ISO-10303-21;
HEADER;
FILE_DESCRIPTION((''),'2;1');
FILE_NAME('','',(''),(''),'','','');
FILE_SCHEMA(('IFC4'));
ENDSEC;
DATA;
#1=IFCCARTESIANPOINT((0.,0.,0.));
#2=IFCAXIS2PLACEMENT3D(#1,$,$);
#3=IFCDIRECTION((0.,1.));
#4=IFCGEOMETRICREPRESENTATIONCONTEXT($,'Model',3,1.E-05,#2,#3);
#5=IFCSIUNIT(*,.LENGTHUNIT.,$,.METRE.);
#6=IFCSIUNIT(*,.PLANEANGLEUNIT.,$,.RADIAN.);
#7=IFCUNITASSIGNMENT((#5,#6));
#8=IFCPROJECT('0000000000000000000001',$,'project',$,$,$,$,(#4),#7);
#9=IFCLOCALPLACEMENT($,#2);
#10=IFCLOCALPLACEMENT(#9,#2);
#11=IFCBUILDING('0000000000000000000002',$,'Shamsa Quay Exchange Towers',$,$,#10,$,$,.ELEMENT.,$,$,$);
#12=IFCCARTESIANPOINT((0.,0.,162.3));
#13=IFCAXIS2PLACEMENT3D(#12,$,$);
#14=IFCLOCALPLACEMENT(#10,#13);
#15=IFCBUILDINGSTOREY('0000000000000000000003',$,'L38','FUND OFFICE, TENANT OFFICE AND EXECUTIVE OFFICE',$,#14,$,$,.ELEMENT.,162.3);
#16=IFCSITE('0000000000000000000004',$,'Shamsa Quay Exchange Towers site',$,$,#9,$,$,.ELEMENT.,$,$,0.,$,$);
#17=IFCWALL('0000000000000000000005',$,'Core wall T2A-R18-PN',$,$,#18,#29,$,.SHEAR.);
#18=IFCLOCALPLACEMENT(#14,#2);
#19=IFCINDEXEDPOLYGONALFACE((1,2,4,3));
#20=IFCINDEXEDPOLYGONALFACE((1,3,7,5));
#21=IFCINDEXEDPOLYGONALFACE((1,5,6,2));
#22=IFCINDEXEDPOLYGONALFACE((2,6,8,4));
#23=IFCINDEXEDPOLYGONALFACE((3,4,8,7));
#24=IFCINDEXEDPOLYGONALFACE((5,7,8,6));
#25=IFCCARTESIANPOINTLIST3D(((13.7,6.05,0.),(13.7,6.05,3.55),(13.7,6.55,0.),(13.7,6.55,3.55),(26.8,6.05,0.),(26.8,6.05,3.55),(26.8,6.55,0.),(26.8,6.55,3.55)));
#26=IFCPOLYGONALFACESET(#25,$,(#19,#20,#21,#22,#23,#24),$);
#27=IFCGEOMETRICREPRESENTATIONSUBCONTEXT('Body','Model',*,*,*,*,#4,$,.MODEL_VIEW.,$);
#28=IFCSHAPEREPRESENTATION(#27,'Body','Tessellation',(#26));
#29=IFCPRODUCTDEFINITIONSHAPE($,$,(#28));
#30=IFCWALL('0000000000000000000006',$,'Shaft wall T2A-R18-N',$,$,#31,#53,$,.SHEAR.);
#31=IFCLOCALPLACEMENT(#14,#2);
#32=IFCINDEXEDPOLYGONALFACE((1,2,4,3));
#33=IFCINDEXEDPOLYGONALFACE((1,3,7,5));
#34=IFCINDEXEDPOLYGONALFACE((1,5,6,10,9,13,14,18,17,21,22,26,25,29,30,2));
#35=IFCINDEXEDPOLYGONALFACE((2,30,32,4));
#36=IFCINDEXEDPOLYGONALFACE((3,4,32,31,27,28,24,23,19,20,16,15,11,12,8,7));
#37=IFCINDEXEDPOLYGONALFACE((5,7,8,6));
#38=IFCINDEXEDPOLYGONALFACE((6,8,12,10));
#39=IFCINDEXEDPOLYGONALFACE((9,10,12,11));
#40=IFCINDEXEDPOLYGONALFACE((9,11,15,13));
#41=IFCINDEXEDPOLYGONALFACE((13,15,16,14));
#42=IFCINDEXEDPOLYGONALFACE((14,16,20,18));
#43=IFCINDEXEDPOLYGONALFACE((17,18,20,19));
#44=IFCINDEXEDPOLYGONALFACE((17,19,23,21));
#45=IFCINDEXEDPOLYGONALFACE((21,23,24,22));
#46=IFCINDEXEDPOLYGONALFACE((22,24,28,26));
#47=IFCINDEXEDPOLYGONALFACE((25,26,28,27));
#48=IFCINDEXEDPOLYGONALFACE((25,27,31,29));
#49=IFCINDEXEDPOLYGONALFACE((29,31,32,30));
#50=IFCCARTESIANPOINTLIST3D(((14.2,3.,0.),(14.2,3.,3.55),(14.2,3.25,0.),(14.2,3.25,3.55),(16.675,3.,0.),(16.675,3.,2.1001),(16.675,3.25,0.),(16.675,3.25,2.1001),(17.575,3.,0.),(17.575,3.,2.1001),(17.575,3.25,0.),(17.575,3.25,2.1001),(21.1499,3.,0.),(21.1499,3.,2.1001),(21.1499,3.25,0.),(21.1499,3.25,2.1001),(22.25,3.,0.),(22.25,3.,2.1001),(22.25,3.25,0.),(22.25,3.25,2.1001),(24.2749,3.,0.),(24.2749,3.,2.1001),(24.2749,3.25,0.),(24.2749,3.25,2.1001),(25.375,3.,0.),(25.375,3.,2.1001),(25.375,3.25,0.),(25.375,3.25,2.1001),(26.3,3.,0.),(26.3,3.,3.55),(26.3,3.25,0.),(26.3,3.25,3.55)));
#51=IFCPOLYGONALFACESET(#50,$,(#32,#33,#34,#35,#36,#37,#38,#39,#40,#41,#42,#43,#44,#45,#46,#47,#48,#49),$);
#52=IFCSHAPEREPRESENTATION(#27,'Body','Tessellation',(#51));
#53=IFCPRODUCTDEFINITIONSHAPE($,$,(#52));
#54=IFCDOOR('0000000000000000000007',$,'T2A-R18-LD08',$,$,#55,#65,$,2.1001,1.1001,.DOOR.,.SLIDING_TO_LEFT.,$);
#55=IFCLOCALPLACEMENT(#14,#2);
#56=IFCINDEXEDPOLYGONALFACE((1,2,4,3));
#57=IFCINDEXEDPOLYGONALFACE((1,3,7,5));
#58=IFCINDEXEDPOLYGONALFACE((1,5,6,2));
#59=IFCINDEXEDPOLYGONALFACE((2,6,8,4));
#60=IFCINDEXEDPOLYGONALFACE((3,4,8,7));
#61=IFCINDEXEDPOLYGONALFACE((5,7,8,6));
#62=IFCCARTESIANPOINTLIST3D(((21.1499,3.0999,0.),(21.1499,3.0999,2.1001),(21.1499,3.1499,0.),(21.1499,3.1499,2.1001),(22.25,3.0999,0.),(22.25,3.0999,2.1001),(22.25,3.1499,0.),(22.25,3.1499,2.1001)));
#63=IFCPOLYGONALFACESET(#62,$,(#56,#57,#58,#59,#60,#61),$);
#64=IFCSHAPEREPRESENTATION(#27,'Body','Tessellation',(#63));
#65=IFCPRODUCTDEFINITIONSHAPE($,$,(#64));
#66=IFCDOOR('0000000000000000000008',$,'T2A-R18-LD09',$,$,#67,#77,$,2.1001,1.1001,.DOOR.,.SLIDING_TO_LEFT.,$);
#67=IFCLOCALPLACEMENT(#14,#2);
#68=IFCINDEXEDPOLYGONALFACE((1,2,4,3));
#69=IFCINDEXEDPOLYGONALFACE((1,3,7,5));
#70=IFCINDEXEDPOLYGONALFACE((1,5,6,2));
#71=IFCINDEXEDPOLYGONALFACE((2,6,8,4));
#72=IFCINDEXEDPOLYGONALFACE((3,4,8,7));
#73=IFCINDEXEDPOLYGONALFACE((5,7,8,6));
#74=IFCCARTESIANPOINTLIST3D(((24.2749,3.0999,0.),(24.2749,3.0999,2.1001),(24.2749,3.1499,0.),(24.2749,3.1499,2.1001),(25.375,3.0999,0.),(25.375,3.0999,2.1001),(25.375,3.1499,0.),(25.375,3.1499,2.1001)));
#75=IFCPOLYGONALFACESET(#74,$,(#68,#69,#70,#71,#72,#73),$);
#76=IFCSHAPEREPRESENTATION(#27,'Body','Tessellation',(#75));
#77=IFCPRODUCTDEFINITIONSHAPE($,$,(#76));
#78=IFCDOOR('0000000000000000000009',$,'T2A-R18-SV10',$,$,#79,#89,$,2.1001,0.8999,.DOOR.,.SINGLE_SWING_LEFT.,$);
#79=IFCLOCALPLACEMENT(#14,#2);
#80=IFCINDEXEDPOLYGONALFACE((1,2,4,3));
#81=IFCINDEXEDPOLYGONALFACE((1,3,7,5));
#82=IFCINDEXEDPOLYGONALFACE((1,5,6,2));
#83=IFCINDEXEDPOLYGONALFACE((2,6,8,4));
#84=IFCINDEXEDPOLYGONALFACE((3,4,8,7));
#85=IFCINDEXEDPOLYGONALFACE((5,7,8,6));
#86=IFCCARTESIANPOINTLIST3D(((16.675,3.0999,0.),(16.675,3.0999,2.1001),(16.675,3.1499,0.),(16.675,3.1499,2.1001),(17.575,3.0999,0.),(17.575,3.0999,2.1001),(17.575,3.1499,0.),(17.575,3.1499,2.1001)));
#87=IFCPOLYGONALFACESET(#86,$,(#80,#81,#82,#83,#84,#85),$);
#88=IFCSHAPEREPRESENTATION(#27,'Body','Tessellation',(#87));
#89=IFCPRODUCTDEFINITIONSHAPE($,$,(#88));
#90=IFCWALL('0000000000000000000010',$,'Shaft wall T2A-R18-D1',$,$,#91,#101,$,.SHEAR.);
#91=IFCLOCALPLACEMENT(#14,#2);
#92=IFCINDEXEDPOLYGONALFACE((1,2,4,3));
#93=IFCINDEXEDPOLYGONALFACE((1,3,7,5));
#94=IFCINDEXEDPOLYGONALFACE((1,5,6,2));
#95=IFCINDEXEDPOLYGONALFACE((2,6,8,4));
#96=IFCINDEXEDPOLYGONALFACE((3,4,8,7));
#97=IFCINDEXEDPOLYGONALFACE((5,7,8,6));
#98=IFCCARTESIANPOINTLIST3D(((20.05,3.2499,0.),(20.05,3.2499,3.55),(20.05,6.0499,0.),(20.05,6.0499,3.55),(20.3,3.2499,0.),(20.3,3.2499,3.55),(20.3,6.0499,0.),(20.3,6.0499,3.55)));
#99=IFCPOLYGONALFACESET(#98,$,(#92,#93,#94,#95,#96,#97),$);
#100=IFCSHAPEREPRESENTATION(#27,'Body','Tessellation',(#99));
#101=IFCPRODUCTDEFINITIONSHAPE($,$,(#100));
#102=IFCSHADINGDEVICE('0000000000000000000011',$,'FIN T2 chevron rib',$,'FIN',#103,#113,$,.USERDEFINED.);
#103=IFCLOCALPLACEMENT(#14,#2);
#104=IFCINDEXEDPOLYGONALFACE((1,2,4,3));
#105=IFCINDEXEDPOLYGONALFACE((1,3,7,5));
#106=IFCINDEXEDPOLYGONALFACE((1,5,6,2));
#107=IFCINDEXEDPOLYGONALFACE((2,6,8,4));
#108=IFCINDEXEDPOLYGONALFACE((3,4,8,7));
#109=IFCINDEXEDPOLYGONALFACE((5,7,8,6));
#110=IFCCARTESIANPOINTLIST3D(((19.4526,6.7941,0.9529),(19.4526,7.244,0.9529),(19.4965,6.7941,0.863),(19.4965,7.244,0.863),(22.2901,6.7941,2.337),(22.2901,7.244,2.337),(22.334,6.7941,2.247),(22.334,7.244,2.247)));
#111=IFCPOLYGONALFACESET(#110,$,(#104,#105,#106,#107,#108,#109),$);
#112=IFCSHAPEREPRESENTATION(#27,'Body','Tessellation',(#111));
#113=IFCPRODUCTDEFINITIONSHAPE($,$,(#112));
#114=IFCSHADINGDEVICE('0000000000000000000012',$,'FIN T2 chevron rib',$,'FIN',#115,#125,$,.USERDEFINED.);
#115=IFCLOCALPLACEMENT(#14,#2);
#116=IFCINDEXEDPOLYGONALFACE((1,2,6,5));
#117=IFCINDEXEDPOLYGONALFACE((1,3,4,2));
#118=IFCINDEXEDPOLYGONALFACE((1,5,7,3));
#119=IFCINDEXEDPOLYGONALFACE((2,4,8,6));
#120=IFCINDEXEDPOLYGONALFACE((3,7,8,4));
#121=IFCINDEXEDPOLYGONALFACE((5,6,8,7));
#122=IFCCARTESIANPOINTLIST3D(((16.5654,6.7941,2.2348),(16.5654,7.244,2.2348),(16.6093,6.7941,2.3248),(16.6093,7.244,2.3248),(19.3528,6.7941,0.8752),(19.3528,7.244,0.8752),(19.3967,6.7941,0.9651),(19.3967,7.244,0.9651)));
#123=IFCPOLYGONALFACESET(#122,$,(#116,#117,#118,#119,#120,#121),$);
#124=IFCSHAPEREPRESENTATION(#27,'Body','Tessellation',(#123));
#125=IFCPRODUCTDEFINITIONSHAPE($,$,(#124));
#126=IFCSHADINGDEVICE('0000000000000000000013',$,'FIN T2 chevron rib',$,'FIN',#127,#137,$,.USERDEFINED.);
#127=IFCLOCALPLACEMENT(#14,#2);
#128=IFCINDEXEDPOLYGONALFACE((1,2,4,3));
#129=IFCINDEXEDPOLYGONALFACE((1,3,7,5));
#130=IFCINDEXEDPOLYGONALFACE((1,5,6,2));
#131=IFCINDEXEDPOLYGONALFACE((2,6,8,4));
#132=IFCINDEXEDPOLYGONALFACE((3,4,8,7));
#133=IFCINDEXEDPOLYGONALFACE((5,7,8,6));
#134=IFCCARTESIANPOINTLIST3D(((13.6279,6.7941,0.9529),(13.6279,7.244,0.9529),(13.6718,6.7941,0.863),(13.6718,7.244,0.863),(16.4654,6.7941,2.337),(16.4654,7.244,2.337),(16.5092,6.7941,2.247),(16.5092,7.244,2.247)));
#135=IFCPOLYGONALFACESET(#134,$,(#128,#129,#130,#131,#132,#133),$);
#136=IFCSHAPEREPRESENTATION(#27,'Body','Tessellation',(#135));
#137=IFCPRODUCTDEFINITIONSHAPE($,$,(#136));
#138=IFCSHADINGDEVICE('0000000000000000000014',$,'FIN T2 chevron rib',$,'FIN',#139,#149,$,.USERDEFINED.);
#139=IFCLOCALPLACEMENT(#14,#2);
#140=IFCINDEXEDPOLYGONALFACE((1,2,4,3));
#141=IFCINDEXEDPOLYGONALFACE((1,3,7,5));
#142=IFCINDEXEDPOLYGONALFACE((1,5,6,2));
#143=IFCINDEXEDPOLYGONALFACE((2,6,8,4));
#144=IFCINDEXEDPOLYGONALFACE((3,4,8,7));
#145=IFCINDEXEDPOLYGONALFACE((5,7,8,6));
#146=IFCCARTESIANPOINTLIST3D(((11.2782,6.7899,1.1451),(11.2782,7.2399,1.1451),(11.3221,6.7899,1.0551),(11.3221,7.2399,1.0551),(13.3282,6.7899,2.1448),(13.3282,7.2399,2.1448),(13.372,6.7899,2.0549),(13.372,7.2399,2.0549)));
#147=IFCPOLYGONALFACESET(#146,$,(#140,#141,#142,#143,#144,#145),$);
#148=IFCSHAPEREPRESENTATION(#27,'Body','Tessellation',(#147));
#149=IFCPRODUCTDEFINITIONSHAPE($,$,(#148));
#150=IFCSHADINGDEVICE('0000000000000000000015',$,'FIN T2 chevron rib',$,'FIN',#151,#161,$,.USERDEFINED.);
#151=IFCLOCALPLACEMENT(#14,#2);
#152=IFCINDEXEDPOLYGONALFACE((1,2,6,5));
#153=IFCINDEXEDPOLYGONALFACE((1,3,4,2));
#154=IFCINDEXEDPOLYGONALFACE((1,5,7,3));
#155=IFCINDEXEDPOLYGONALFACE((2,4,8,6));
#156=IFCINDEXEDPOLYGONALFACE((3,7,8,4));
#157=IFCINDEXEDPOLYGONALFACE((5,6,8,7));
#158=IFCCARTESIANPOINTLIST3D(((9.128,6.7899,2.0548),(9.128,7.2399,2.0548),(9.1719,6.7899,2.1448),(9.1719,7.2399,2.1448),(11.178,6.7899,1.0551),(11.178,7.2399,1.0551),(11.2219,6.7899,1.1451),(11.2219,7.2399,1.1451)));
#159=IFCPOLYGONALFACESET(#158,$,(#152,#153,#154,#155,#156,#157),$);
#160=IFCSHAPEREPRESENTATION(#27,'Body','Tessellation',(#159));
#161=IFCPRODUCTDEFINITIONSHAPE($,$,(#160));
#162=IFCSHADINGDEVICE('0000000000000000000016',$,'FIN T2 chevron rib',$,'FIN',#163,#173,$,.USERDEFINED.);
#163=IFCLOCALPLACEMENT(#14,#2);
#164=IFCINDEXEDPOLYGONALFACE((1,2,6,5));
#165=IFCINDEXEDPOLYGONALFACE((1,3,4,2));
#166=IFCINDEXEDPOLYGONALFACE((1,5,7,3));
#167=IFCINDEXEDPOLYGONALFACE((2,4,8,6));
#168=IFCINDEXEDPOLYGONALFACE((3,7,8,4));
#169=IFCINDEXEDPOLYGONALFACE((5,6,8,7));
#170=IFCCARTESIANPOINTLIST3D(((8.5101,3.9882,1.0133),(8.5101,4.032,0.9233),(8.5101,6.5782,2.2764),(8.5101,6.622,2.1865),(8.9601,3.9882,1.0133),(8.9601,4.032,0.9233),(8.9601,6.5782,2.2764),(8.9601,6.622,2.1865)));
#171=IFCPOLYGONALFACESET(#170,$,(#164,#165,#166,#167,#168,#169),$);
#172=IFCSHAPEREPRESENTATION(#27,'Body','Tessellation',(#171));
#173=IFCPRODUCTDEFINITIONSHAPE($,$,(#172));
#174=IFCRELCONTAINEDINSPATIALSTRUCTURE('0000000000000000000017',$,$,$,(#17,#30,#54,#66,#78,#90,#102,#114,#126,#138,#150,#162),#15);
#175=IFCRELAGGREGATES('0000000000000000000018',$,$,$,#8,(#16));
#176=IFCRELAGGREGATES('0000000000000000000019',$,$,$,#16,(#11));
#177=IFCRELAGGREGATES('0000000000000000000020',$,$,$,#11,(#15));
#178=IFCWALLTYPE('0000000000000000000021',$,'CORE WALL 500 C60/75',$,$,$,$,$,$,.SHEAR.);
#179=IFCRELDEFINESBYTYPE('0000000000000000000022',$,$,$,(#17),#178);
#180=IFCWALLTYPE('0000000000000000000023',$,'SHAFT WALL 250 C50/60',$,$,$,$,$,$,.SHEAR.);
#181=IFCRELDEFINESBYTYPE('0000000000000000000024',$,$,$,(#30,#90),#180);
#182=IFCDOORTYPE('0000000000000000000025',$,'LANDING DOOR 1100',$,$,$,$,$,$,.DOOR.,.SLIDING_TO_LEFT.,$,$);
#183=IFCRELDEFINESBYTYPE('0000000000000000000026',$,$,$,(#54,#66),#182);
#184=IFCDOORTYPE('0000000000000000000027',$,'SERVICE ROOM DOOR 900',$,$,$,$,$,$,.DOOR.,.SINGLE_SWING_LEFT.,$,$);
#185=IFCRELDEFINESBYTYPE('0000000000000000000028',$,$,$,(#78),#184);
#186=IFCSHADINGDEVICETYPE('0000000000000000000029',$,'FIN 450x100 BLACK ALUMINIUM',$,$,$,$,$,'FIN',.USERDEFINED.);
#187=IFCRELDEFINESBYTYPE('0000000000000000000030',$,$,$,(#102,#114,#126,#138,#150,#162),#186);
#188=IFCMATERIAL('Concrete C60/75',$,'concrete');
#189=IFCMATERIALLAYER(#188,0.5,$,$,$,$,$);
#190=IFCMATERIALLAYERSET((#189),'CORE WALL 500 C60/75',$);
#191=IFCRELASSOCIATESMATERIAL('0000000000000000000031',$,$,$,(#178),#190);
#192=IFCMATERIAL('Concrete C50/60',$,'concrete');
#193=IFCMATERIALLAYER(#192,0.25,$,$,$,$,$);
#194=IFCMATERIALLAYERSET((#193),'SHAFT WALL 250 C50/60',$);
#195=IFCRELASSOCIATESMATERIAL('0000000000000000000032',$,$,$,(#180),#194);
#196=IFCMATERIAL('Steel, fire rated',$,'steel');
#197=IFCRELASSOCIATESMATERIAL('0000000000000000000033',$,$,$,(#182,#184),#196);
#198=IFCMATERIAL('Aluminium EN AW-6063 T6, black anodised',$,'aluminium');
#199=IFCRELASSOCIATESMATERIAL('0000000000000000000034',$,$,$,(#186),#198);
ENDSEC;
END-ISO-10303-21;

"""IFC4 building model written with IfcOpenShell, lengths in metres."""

from ifc_helpers import new_model, si_unit, direction, frame, frame_2d, origin, origin_2d, place, context, subcontext, project, spatial, rectangle, extrude, material, layer, layer_set, material_profile, profile_set, type_object, element, fill, save


model = new_model("IFC4")

# Units and contexts
model_context = context("Model", 3, precision=1e-05, world=origin(), true_north=direction((0.0, 1.0)))
body_context = subcontext(model_context, "Body", "Model", "MODEL_VIEW")
ifc_project = project(units=[si_unit("LENGTHUNIT", "METRE"), si_unit("PLANEANGLEUNIT", "RADIAN")], contexts=[model_context])

# Site, building, storey
site_placement = place(None, origin())
site = spatial("IfcSite", under=ifc_project, at=site_placement, Name="Shamsa Quay Exchange Towers site", CompositionType="ELEMENT", RefElevation=0.0)
building_placement = place(site_placement, origin())
building = spatial("IfcBuilding", under=site, at=building_placement, Name="Shamsa Quay Exchange Towers", CompositionType="ELEMENT")
storey_placement = place(building_placement, frame((0.0, 0.0, 162.3)))
storey = spatial("IfcBuildingStorey", under=building, at=storey_placement, Name="L38", Description="FUND OFFICE, TENANT OFFICE AND EXECUTIVE OFFICE", CompositionType="ELEMENT", Elevation=162.3)

# Shared definitions
ifc_material_1 = material(Name="Aluminium EN AW-6063 T6, black anodised", Category="aluminium")

# Shared definitions
ifc_material_2 = material(Name="Concrete C50/60", Category="concrete")

# Wall
ifc_material_3 = material(Name="Concrete C60/75", Category="concrete")
ifc_layer_1 = layer(ifc_material_3, 0.5)
ifc_layer_set_1 = layer_set([ifc_layer_1], Name="CORE WALL 500 C60/75")
wall_type_1 = type_object("IfcWallType", Name="CORE WALL 500 C60/75", PredefinedType="SHEAR", material=ifc_layer_set_1)
wall_1_placement = place(storey_placement, frame((13.7, 6.3, 0.0)))
element("IfcWall", 1, at=wall_1_placement, inside=storey, type_object=wall_type_1, Name="Core wall T2A-R18-PN", PredefinedType="SHEAR", context=body_context, shape_type="SweptSolid", body=[
    extrude(rectangle(XDim=13.1001, YDim=0.5, at=frame_2d((6.55, 0.0))), origin(), (0.0, 0.0, 1.0), 3.55),
])

# Shared definitions
ifc_material_4 = material(Name="Steel, fire rated", Category="steel")

# Wall, openings, doors
ifc_layer_2 = layer(ifc_material_2, 0.25)
ifc_layer_set_2 = layer_set([ifc_layer_2], Name="SHAFT WALL 250 C50/60")
wall_type_2 = type_object("IfcWallType", Name="SHAFT WALL 250 C50/60", PredefinedType="SHEAR", material=ifc_layer_set_2)
wall_2_placement = place(storey_placement, frame((14.2, 3.125, 0.0)))
wall_2 = element("IfcWall", 2, at=wall_2_placement, inside=storey, type_object=wall_type_2, Name="Shaft wall T2A-R18-N", PredefinedType="SHEAR", context=body_context, shape_type="SweptSolid", body=[
    extrude(rectangle(XDim=12.1001, YDim=0.25, at=frame_2d((6.05, 0.0))), origin(), (0.0, 0.0, 1.0), 3.55),
])
opening_1_placement = place(wall_2_placement, frame((6.95, 0.0, 0.0)))
opening_1 = element("IfcOpeningElement", 3, at=opening_1_placement, cuts=wall_2, PredefinedType="OPENING", context=body_context, shape_type="SweptSolid", body=[
    extrude(rectangle(XDim=1.1001, YDim=2.1001, at=frame_2d((0.55, 1.05))), frame((0.0, 0.135, 0.0), z_axis=(0.0, -1.0, 0.0), x_axis=(1.0, 0.0, 0.0)), (0.0, 0.0, 1.0), 0.27),
])
opening_2_placement = place(wall_2_placement, frame((10.075, 0.0, 0.0)))
opening_2 = element("IfcOpeningElement", 4, at=opening_2_placement, cuts=wall_2, PredefinedType="OPENING", context=body_context, shape_type="SweptSolid", body=[
    extrude(rectangle(XDim=1.1001, YDim=2.1001, at=frame_2d((0.55, 1.05))), frame((0.0, 0.135, 0.0), z_axis=(0.0, -1.0, 0.0), x_axis=(1.0, 0.0, 0.0)), (0.0, 0.0, 1.0), 0.27),
])
opening_3_placement = place(wall_2_placement, frame((2.4751, 0.0, 0.0)))
opening_3 = element("IfcOpeningElement", 5, at=opening_3_placement, cuts=wall_2, PredefinedType="OPENING", context=body_context, shape_type="SweptSolid", body=[
    extrude(rectangle(XDim=0.8999, YDim=2.1001, at=frame_2d((0.45, 1.05))), frame((0.0, 0.135, 0.0), z_axis=(0.0, -1.0, 0.0), x_axis=(1.0, 0.0, 0.0)), (0.0, 0.0, 1.0), 0.27),
])
door_type_1 = type_object("IfcDoorType", Name="LANDING DOOR 1100", OperationType="SLIDING_TO_LEFT", PredefinedType="DOOR", material=ifc_material_4)
door_1_placement = place(opening_1_placement, origin())
door_1 = element("IfcDoor", 6, at=door_1_placement, inside=storey, type_object=door_type_1, Name="T2A-R18-LD08", OperationType="SLIDING_TO_LEFT", OverallHeight=2.1001, OverallWidth=1.1001, PredefinedType="DOOR", context=body_context, shape_type="SweptSolid", body=[
    extrude(rectangle(XDim=1.1001, YDim=2.1001, at=frame_2d((0.55, 1.05))), frame((0.0, 0.0249, 0.0), z_axis=(0.0, -1.0, 0.0), x_axis=(1.0, 0.0, 0.0)), (0.0, 0.0, 1.0), 0.05),
])
fill(opening_1, door_1)
door_2_placement = place(opening_2_placement, origin())
door_2 = element("IfcDoor", 7, at=door_2_placement, inside=storey, type_object=door_type_1, Name="T2A-R18-LD09", OperationType="SLIDING_TO_LEFT", OverallHeight=2.1001, OverallWidth=1.1001, PredefinedType="DOOR", context=body_context, shape_type="SweptSolid", body=[
    extrude(rectangle(XDim=1.1001, YDim=2.1001, at=frame_2d((0.55, 1.05))), frame((0.0, 0.0249, 0.0), z_axis=(0.0, -1.0, 0.0), x_axis=(1.0, 0.0, 0.0)), (0.0, 0.0, 1.0), 0.05),
])
fill(opening_2, door_2)
door_type_2 = type_object("IfcDoorType", Name="SERVICE ROOM DOOR 900", OperationType="SINGLE_SWING_LEFT", PredefinedType="DOOR", material=ifc_material_4)
door_3_placement = place(opening_3_placement, origin())
door_3 = element("IfcDoor", 8, at=door_3_placement, inside=storey, type_object=door_type_2, Name="T2A-R18-SV10", OperationType="SINGLE_SWING_LEFT", OverallHeight=2.1001, OverallWidth=0.8999, PredefinedType="DOOR", context=body_context, shape_type="SweptSolid", body=[
    extrude(rectangle(XDim=0.8999, YDim=2.1001, at=frame_2d((0.45, 1.05))), frame((0.0, 0.0249, 0.0), z_axis=(0.0, -1.0, 0.0), x_axis=(1.0, 0.0, 0.0)), (0.0, 0.0, 1.0), 0.05),
])
fill(opening_3, door_3)

# Wall
wall_3_placement = place(storey_placement, frame((20.175, 3.25, 0.0), z_axis=(0.0, 0.0, 1.0), x_axis=(0.0, 1.0, 0.0)))
element("IfcWall", 9, at=wall_3_placement, inside=storey, type_object=wall_type_2, Name="Shaft wall T2A-R18-D1", PredefinedType="SHEAR", context=body_context, shape_type="SweptSolid", body=[
    extrude(rectangle(XDim=2.8, YDim=0.25, at=frame_2d((1.3999, 0.0))), origin(), (0.0, 0.0, 1.0), 3.55),
])

# Shading devices
ifc_material_profile_1 = material_profile(ifc_material_1, rectangle(XDim=0.45, YDim=0.1001, at=origin_2d()), Name="FIN450x100")
ifc_profile_set_1 = profile_set([ifc_material_profile_1], Name="Aluminium EN AW-6063 T6, black anodised")
shading_device_type = type_object("IfcShadingDeviceType", Name="FIN 450x100 BLACK ALUMINIUM", ElementType="FIN", PredefinedType="USERDEFINED", material=ifc_profile_set_1)
shading_device_1_placement = place(storey_placement, frame((22.312, 7.019, 2.292), z_axis=(-0.898777, 0.0, -0.438407), x_axis=(0.0, -1.0, 0.0)))
element("IfcShadingDevice", 10, at=shading_device_1_placement, inside=storey, type_object=shading_device_type, Name="FIN T2 chevron rib", ObjectType="FIN", PredefinedType="USERDEFINED", context=body_context, shape_type="SweptSolid", body=[
    extrude(rectangle(XDim=0.45, YDim=0.1001, at=origin_2d()), origin(), (0.0, 0.0, 1.0), 3.157),
])
shading_device_2_placement = place(storey_placement, frame((19.3748, 7.019, 0.9202), z_axis=(-0.898777, 0.0, 0.438407), x_axis=(0.0, -1.0, 0.0)))
element("IfcShadingDevice", 11, at=shading_device_2_placement, inside=storey, type_object=shading_device_type, Name="FIN T2 chevron rib", ObjectType="FIN", PredefinedType="USERDEFINED", context=body_context, shape_type="SweptSolid", body=[
    extrude(rectangle(XDim=0.45, YDim=0.1001, at=origin_2d()), origin(), (0.0, 0.0, 1.0), 3.1013),
])
shading_device_3_placement = place(storey_placement, frame((16.4873, 7.019, 2.292), z_axis=(-0.898777, 0.0, -0.438407), x_axis=(0.0, -1.0, 0.0)))
element("IfcShadingDevice", 12, at=shading_device_3_placement, inside=storey, type_object=shading_device_type, Name="FIN T2 chevron rib", ObjectType="FIN", PredefinedType="USERDEFINED", context=body_context, shape_type="SweptSolid", body=[
    extrude(rectangle(XDim=0.45, YDim=0.1001, at=origin_2d()), origin(), (0.0, 0.0, 1.0), 3.157),
])
for number, where, z_axis, x_axis, name in (
    (13, (13.3501, 7.0149, 2.0999), (-0.898815, 0.0, -0.438329), (0.0, -1.0, 0.0), "FIN T2 chevron rib"),
    (14, (11.2, 7.0149, 1.1001), (-0.898815, 0.0, 0.438329), (0.0, -1.0, 0.0), "FIN T2 chevron rib"),
):
    element("IfcShadingDevice", number, at=place(storey_placement, frame(where, z_axis=z_axis, x_axis=x_axis)), inside=storey, type_object=shading_device_type, Name=name, ObjectType="FIN", PredefinedType="USERDEFINED", context=body_context, shape_type="SweptSolid", body=[
        extrude(rectangle(XDim=0.45, YDim=0.1001, at=origin_2d()), origin(), (0.0, 0.0, 1.0), 2.2808),
    ])
shading_device_4_placement = place(storey_placement, frame((8.7351, 6.6001, 2.2314), z_axis=(0.0, -0.898806, -0.438347), x_axis=(1.0, 0.0, 0.0)))
element("IfcShadingDevice", 15, at=shading_device_4_placement, inside=storey, type_object=shading_device_type, Name="FIN T2 chevron rib", ObjectType="FIN", PredefinedType="USERDEFINED", context=body_context, shape_type="SweptSolid", body=[
    extrude(rectangle(XDim=0.45, YDim=0.1001, at=origin_2d()), origin(), (0.0, 0.0, 1.0), 2.8816),
])

save(model, "model.ifc")
